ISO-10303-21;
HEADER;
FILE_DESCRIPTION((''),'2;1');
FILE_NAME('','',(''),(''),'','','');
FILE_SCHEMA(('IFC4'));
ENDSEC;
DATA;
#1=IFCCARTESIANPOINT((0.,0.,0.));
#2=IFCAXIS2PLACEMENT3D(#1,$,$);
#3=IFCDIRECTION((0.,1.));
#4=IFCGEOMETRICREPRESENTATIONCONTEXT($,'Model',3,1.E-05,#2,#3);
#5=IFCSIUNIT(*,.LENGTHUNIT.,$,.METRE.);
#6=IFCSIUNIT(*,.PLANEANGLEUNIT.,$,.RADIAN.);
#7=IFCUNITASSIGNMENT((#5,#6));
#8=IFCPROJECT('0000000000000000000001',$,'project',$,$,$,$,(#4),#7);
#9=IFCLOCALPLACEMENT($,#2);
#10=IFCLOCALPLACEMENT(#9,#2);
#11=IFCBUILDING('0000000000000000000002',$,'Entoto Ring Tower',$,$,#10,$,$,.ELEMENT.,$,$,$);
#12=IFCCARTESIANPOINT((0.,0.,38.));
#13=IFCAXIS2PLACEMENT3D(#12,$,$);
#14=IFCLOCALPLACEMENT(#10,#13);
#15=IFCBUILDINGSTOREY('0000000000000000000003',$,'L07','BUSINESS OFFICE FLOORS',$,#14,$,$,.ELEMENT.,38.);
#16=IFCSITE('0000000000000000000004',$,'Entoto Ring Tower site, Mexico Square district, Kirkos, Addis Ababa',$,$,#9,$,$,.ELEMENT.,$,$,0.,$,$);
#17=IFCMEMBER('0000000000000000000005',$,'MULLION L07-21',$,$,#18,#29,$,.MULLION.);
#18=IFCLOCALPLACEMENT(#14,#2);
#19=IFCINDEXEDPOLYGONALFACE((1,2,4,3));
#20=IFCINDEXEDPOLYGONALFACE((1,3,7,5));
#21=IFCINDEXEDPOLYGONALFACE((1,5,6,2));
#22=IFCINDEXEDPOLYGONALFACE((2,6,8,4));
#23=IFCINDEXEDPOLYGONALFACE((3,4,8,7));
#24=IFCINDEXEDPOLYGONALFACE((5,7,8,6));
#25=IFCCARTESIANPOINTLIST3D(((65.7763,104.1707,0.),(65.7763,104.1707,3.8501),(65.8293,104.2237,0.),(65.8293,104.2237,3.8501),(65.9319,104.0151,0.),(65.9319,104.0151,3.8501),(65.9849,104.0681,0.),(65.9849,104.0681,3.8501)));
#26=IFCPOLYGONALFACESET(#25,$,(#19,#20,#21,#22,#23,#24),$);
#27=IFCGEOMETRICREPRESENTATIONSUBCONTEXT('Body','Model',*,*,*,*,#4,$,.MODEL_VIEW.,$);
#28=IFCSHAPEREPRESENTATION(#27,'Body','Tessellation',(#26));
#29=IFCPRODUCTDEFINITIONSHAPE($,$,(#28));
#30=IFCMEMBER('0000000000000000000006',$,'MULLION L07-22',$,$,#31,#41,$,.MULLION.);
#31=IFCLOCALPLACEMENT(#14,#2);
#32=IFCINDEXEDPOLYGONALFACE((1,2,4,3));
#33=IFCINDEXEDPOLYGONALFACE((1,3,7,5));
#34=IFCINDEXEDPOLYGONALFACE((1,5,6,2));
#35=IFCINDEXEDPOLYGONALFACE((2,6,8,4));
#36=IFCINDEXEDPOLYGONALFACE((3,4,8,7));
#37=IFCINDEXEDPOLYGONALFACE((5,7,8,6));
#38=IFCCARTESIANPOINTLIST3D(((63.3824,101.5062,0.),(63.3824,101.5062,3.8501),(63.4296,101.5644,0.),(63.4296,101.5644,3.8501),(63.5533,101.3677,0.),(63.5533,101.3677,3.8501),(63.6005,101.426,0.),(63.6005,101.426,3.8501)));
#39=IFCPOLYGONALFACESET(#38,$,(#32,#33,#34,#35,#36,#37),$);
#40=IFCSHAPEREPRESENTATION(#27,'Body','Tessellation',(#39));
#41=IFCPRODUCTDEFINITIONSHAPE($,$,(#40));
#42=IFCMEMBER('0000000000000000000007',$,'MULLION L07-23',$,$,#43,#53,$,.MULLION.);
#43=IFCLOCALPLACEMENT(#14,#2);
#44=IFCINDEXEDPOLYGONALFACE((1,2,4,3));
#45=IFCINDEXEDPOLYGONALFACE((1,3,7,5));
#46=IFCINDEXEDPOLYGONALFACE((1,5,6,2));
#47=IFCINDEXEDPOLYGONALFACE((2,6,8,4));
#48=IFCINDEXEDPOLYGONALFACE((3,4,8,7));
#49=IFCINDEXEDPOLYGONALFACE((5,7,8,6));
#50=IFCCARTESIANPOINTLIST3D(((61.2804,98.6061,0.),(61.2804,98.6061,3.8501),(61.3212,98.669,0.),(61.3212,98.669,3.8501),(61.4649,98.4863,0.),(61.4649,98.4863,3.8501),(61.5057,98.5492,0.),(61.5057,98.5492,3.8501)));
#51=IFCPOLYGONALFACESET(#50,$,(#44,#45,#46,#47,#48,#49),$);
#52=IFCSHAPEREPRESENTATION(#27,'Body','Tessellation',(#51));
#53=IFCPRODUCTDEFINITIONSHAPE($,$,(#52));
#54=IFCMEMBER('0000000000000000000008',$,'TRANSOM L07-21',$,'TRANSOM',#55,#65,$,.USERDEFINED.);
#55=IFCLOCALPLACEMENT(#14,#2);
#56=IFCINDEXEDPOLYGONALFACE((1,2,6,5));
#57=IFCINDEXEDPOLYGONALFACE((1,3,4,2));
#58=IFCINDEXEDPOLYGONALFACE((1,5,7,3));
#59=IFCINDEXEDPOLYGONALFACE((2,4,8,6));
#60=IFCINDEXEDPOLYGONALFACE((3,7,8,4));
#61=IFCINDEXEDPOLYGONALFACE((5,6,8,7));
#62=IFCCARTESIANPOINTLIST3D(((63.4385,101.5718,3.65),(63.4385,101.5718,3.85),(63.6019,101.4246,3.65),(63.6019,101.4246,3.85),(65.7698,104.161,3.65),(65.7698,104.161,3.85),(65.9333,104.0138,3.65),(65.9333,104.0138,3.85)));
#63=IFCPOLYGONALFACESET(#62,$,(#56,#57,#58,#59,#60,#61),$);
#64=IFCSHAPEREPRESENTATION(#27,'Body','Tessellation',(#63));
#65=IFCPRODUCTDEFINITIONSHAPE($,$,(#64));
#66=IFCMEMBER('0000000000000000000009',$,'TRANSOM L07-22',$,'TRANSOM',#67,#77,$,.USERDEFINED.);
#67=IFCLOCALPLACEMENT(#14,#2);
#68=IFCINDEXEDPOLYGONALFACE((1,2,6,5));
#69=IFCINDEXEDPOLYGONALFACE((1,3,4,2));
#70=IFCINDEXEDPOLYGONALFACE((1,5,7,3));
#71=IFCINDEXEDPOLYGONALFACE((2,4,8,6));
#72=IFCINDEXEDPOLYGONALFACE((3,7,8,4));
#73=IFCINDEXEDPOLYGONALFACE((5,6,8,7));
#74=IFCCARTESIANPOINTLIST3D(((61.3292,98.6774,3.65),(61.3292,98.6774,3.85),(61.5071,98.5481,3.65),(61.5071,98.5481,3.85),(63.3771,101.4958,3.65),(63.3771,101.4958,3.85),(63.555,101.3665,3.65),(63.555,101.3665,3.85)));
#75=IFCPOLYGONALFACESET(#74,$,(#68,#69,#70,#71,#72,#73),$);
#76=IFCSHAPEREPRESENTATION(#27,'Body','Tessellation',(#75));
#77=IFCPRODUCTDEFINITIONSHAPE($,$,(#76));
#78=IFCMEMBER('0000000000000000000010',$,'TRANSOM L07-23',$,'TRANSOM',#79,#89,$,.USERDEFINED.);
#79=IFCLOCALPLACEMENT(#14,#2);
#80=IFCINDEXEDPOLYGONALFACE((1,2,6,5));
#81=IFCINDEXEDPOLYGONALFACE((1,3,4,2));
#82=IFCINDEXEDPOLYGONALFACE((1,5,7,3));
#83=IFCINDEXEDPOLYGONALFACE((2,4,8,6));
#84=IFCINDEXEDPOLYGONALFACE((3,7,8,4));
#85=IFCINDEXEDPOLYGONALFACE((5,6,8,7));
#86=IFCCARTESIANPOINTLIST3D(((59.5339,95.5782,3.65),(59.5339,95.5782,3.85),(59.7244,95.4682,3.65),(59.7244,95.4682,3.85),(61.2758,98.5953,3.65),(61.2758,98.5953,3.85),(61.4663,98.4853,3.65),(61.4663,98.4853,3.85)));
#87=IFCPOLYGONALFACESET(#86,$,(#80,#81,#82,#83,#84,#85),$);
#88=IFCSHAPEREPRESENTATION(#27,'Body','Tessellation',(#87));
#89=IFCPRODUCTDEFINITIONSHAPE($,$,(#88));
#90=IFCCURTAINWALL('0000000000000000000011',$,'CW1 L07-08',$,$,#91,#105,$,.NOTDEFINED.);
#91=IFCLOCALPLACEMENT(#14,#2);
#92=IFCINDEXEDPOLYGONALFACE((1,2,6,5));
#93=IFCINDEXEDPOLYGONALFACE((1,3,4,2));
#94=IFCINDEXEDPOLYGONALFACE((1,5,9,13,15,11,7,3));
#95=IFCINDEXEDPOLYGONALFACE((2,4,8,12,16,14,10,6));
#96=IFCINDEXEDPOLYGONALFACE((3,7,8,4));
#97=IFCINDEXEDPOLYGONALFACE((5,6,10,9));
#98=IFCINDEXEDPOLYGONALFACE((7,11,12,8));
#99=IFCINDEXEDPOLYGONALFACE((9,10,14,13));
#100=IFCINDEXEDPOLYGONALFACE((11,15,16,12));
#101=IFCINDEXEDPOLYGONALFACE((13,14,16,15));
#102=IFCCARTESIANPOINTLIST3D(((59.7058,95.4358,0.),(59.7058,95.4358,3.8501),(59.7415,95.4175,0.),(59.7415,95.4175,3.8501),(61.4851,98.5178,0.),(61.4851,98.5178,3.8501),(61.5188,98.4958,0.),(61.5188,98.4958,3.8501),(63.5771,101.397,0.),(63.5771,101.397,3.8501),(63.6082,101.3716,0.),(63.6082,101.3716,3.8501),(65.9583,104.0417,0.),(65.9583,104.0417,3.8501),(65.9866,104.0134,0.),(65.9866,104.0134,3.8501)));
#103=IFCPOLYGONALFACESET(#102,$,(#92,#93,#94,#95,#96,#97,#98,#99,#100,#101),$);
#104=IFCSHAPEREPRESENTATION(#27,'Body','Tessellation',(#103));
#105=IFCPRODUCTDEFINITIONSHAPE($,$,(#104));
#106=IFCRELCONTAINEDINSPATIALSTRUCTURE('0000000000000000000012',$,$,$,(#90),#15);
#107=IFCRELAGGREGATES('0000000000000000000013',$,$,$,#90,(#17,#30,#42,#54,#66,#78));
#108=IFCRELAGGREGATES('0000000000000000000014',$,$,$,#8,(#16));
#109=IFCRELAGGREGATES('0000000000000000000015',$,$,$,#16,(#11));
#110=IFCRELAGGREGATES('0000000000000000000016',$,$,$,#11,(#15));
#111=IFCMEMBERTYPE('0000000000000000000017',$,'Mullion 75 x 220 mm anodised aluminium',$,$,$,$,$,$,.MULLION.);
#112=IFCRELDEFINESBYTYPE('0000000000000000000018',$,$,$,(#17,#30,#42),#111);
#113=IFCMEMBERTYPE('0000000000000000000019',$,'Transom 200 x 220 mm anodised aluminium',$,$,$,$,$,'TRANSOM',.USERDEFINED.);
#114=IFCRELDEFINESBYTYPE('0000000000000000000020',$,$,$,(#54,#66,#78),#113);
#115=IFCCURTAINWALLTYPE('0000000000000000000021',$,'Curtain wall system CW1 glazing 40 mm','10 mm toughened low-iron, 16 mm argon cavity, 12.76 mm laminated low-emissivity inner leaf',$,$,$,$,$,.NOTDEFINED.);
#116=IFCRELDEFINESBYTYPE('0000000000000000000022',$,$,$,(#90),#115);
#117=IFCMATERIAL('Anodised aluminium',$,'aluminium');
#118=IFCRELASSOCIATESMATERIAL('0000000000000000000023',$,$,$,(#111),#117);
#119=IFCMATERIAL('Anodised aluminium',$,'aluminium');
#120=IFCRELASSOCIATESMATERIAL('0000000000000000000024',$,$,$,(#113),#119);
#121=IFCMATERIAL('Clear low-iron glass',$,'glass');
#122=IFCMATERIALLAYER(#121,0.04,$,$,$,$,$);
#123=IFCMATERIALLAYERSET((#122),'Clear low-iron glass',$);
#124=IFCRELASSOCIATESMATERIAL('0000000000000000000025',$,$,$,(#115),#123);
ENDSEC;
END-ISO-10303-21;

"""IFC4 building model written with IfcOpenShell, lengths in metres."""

from ifc_helpers import new_model, si_unit, direction, frame, origin, origin_2d, place, context, subcontext, project, spatial, polyline, rectangle, outline, extrude, material, layer, layer_set, material_profile, profile_set, type_object, element, aggregate, save


model = new_model("IFC4")

# Units and contexts
model_context = context("Model", 3, precision=1e-05, world=origin(), true_north=direction((0.0, 1.0)))
body_context = subcontext(model_context, "Body", "Model", "MODEL_VIEW")
ifc_project = project(units=[si_unit("LENGTHUNIT", "METRE"), si_unit("PLANEANGLEUNIT", "RADIAN")], contexts=[model_context])

# Members
ifc_material_1 = material(Name="Anodised aluminium", Category="aluminium")
ifc_material_profile_1 = material_profile(ifc_material_1, rectangle(XDim=0.075, YDim=0.22, at=origin_2d()), Name="Mullion 75 x 220 mm anodised aluminium")
ifc_profile_set_1 = profile_set([ifc_material_profile_1], Name="Anodised aluminium")
member_type_1 = type_object("IfcMemberType", Name="Mullion 75 x 220 mm anodised aluminium", PredefinedType="MULLION", material=ifc_profile_set_1)
site_placement = place(None, origin())
building_placement = place(site_placement, origin())
storey_placement = place(building_placement, frame((0.0, 0.0, 38.0)))
member_1_placement = place(storey_placement, frame((65.8806, 104.1194, 0.0), z_axis=(0.0, 0.0, 1.0), x_axis=(-0.707107, -0.707107, 0.0)))
member_1 = element("IfcMember", 1, at=member_1_placement, type_object=member_type_1, Name="MULLION L07-21", PredefinedType="MULLION", context=body_context, shape_type="SweptSolid", body=[
    extrude(rectangle(XDim=0.075, YDim=0.22, at=origin_2d()), origin(), (0.0, 0.0, 1.0), 3.8501),
])
member_2_placement = place(storey_placement, frame((63.4915, 101.4661, 0.0), z_axis=(0.0, 0.0, 1.0), x_axis=(-0.62932, -0.777146, 0.0)))
member_2 = element("IfcMember", 2, at=member_2_placement, type_object=member_type_1, Name="MULLION L07-22", PredefinedType="MULLION", context=body_context, shape_type="SweptSolid", body=[
    extrude(rectangle(XDim=0.075, YDim=0.22, at=origin_2d()), origin(), (0.0, 0.0, 1.0), 3.8501),
])
member_3_placement = place(storey_placement, frame((61.3931, 98.5776, 0.0), z_axis=(0.0, 0.0, 1.0), x_axis=(-0.544639, -0.838671, 0.0)))
member_3 = element("IfcMember", 3, at=member_3_placement, type_object=member_type_1, Name="MULLION L07-23", PredefinedType="MULLION", context=body_context, shape_type="SweptSolid", body=[
    extrude(rectangle(XDim=0.075, YDim=0.22, at=origin_2d()), origin(), (0.0, 0.0, 1.0), 3.8501),
])
ifc_material_2 = material(Name="Anodised aluminium", Category="aluminium")
ifc_material_profile_2 = material_profile(ifc_material_2, rectangle(XDim=0.22, YDim=0.2, at=origin_2d()), Name="Transom 200 x 220 mm anodised aluminium")
ifc_profile_set_2 = profile_set([ifc_material_profile_2], Name="Anodised aluminium")
member_type_2 = type_object("IfcMemberType", Name="Transom 200 x 220 mm anodised aluminium", ElementType="TRANSOM", PredefinedType="USERDEFINED", material=ifc_profile_set_2)
member_4_placement = place(storey_placement, frame((65.8516, 104.0874, 3.75), z_axis=(-0.669139, -0.743137, 0.0), x_axis=(0.743137, -0.669139, 0.0)))
member_4 = element("IfcMember", 4, at=member_4_placement, type_object=member_type_2, Name="TRANSOM L07-21", ObjectType="TRANSOM", PredefinedType="USERDEFINED", context=body_context, shape_type="SweptSolid", body=[
    extrude(rectangle(XDim=0.22, YDim=0.2, at=origin_2d()), origin(), (0.0, 0.0, 1.0), 3.4841),
])
member_5_placement = place(storey_placement, frame((63.4661, 101.4312, 3.75), z_axis=(-0.587822, -0.808991, 0.0), x_axis=(0.808991, -0.587822, 0.0)))
member_5 = element("IfcMember", 5, at=member_5_placement, type_object=member_type_2, Name="TRANSOM L07-22", ObjectType="TRANSOM", PredefinedType="USERDEFINED", context=body_context, shape_type="SweptSolid", body=[
    extrude(rectangle(XDim=0.22, YDim=0.2, at=origin_2d()), origin(), (0.0, 0.0, 1.0), 3.4839),
])
member_6_placement = place(storey_placement, frame((61.3711, 98.5403, 3.75), z_axis=(-0.500006, -0.866022, 0.0), x_axis=(0.866022, -0.500006, 0.0)))
member_6 = element("IfcMember", 6, at=member_6_placement, type_object=member_type_2, Name="TRANSOM L07-23", ObjectType="TRANSOM", PredefinedType="USERDEFINED", context=body_context, shape_type="SweptSolid", body=[
    extrude(rectangle(XDim=0.22, YDim=0.2, at=origin_2d()), origin(), (0.0, 0.0, 1.0), 3.4839),
])

# Site, building, storey
site = spatial("IfcSite", under=ifc_project, at=site_placement, Name="Entoto Ring Tower site, Mexico Square district, Kirkos, Addis Ababa", CompositionType="ELEMENT", RefElevation=0.0)
building = spatial("IfcBuilding", under=site, at=building_placement, Name="Entoto Ring Tower", CompositionType="ELEMENT")
storey = spatial("IfcBuildingStorey", under=building, at=storey_placement, Name="L07", Description="BUSINESS OFFICE FLOORS", CompositionType="ELEMENT", Elevation=38.0)

# Curtain wall
ifc_material_3 = material(Name="Clear low-iron glass", Category="glass")
ifc_layer = layer(ifc_material_3, 0.04)
ifc_layer_set = layer_set([ifc_layer], Name="Clear low-iron glass")
curtain_wall_type = type_object("IfcCurtainWallType", Name="Curtain wall system CW1 glazing 40 mm", Description="10 mm toughened low-iron, 16 mm argon cavity, 12.76 mm laminated low-emissivity inner leaf", PredefinedType="NOTDEFINED", material=ifc_layer_set)
curtain_wall_1_placement = place(storey_placement, origin())
curtain_wall_1 = element("IfcCurtainWall", 7, at=curtain_wall_1_placement, inside=storey, type_object=curtain_wall_type, Name="CW1 L07-08", PredefinedType="NOTDEFINED", context=body_context, shape_type="SweptSolid", body=[
    extrude(outline(polyline([(65.9583, 104.0417), (63.5771, 101.397), (61.4851, 98.5178), (59.7058, 95.4358), (59.7415, 95.4175), (61.5188, 98.4958), (63.6082, 101.3716), (65.9866, 104.0134), (65.9583, 104.0417)])), origin(), (0.0, 0.0, 1.0), 3.8501),
])
aggregate(curtain_wall_1, [member_1, member_2, member_3, member_4, member_5, member_6])

save(model, "model.ifc")
